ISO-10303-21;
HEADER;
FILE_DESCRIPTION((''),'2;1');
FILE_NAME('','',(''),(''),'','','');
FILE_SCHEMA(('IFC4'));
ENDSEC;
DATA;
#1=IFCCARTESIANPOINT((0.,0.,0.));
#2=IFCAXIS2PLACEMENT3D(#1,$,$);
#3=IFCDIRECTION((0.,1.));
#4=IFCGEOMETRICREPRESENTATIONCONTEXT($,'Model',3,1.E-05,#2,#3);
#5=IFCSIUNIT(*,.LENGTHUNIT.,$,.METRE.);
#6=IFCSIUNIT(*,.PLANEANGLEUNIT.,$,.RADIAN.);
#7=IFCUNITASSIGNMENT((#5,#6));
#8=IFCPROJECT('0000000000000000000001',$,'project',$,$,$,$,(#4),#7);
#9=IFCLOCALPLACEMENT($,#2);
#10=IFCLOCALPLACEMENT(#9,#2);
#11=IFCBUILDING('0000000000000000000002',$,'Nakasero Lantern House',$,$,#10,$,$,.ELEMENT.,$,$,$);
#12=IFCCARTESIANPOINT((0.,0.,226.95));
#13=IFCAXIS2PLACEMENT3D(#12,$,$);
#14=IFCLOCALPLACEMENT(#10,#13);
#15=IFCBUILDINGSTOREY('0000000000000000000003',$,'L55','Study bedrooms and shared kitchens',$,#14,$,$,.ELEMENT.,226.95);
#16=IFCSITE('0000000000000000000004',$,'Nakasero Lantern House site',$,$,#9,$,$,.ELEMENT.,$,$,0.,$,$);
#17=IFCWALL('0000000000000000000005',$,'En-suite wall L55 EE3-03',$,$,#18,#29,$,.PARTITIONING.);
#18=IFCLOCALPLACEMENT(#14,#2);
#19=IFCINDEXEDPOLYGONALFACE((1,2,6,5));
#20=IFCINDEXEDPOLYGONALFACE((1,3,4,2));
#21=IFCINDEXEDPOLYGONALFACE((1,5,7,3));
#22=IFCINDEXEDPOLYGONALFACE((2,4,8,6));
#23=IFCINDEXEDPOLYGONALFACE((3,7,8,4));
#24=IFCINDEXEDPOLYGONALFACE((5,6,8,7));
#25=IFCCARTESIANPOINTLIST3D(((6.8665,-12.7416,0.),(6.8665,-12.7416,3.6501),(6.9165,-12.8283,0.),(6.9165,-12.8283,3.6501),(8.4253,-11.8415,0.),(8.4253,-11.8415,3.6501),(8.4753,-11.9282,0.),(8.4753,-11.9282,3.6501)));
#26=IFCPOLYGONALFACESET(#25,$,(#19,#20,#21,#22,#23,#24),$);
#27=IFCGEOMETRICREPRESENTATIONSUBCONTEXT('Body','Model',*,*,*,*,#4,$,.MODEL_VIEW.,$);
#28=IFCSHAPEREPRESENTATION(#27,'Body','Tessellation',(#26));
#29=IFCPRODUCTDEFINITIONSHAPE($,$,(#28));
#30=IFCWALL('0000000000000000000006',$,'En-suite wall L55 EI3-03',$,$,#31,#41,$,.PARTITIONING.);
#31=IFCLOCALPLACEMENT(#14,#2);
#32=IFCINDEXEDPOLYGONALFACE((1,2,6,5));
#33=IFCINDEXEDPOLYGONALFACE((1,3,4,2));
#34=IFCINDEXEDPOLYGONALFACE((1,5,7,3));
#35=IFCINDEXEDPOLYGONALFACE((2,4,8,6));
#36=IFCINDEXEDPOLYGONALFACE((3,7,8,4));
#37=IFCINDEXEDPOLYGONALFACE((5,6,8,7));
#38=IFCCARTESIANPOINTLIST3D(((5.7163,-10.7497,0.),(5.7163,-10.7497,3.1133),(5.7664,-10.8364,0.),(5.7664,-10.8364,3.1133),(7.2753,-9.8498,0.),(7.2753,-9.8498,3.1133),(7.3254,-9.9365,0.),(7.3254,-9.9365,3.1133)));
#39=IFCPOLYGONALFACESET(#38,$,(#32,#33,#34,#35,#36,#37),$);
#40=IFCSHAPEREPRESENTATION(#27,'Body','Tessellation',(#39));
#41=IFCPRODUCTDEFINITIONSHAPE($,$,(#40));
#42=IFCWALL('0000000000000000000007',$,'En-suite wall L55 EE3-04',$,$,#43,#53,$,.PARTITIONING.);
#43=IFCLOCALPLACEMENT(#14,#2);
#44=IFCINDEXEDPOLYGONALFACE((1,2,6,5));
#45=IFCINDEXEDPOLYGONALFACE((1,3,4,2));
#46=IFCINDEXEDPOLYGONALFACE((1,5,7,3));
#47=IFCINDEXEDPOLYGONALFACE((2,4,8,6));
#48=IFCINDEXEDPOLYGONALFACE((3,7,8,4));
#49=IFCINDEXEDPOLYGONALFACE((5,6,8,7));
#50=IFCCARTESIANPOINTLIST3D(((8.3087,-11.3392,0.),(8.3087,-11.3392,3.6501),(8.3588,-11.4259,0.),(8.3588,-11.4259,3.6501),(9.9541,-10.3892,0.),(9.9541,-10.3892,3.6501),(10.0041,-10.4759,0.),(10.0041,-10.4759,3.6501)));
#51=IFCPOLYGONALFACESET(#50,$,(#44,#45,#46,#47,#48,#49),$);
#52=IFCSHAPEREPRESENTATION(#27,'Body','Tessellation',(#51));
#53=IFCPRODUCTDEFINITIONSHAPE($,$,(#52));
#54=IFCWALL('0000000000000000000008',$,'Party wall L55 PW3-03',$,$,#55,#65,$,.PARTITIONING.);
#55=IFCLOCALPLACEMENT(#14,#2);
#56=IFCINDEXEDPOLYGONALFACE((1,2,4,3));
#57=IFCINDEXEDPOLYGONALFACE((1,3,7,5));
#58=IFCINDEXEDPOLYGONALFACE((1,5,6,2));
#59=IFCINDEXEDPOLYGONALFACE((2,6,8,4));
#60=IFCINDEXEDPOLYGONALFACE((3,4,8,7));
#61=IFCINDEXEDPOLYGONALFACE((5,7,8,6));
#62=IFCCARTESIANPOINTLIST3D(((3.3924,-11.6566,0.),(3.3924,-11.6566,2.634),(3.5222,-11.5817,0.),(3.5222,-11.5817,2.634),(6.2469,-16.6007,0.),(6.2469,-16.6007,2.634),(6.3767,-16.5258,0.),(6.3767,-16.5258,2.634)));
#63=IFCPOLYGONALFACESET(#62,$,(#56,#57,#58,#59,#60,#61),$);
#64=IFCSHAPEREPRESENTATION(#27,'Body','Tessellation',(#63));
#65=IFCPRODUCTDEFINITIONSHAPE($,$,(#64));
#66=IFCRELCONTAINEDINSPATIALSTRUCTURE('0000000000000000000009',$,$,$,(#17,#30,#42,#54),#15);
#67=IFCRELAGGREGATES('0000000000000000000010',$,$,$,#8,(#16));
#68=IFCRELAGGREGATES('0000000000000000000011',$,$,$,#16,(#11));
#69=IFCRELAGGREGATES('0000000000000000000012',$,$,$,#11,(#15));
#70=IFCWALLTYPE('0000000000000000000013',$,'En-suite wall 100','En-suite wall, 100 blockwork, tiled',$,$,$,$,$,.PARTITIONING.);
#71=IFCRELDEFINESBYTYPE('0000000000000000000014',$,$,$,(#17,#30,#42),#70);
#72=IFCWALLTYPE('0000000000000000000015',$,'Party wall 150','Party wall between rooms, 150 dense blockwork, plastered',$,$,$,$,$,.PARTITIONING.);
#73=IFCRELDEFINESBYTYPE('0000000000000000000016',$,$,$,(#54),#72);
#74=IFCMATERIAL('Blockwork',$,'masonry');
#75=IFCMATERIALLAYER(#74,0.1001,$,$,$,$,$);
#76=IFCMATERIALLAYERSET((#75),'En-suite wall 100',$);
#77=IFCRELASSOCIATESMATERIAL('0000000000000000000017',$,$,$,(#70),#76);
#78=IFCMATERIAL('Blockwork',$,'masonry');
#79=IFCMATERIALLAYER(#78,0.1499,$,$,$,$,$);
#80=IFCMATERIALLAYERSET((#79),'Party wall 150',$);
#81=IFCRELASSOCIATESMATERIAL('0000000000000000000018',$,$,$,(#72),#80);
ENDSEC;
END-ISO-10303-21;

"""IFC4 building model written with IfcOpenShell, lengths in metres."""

from ifc_helpers import new_model, si_unit, direction, frame, frame_2d, origin, place, context, subcontext, project, spatial, rectangle, extrude, material, layer, layer_set, type_object, element, save


model = new_model("IFC4")

# Units and contexts
model_context = context("Model", 3, precision=1e-05, world=origin(), true_north=direction((0.0, 1.0)))
body_context = subcontext(model_context, "Body", "Model", "MODEL_VIEW")
ifc_project = project(units=[si_unit("LENGTHUNIT", "METRE"), si_unit("PLANEANGLEUNIT", "RADIAN")], contexts=[model_context])

# Site, building, storey
site_placement = place(None, origin())
site = spatial("IfcSite", under=ifc_project, at=site_placement, Name="Nakasero Lantern House site", CompositionType="ELEMENT", RefElevation=0.0)
building_placement = place(site_placement, origin())
building = spatial("IfcBuilding", under=site, at=building_placement, Name="Nakasero Lantern House", CompositionType="ELEMENT")
storey_placement = place(building_placement, frame((0.0, 0.0, 226.95)))
storey = spatial("IfcBuildingStorey", under=building, at=storey_placement, Name="L55", Description="Study bedrooms and shared kitchens", CompositionType="ELEMENT", Elevation=226.95)

# Shared definitions
ifc_material_1 = material(Name="Blockwork", Category="masonry")
ifc_layer_1 = layer(ifc_material_1, 0.1001)
ifc_layer_set_1 = layer_set([ifc_layer_1], Name="En-suite wall 100")
wall_type_1 = type_object("IfcWallType", Name="En-suite wall 100", Description="En-suite wall, 100 blockwork, tiled", PredefinedType="PARTITIONING", material=ifc_layer_set_1)

# Walls
wall_1_placement = place(storey_placement, frame((6.8916, -12.7849, 0.0), z_axis=(0.0, 0.0, 1.0), x_axis=(0.865989, 0.500063, 0.0)))
element("IfcWall", 1, at=wall_1_placement, inside=storey, type_object=wall_type_1, Name="En-suite wall L55 EE3-03", PredefinedType="PARTITIONING", context=body_context, shape_type="SweptSolid", body=[
    extrude(rectangle(XDim=1.8, YDim=0.1001, at=frame_2d((0.8999, 0.0))), origin(), (0.0, 0.0, 1.0), 3.6501),
])
wall_2_placement = place(storey_placement, frame((5.7415, -10.793, 0.0), z_axis=(0.0, 0.0, 1.0), x_axis=(0.866082, 0.499902, 0.0)))
element("IfcWall", 2, at=wall_2_placement, inside=storey, type_object=wall_type_1, Name="En-suite wall L55 EI3-03", PredefinedType="PARTITIONING", context=body_context, shape_type="SweptSolid", body=[
    extrude(rectangle(XDim=1.8, YDim=0.1001, at=frame_2d((0.8999, 0.0))), origin(), (0.0, 0.0, 1.0), 3.1133),
])
wall_3_placement = place(storey_placement, frame((8.3337, -11.3826, 0.0), z_axis=(0.0, 0.0, 1.0), x_axis=(0.866012, 0.500023, 0.0)))
element("IfcWall", 3, at=wall_3_placement, inside=storey, type_object=wall_type_1, Name="En-suite wall L55 EE3-04", PredefinedType="PARTITIONING", context=body_context, shape_type="SweptSolid", body=[
    extrude(rectangle(XDim=1.8999, YDim=0.1001, at=frame_2d((0.95, 0.0))), origin(), (0.0, 0.0, 1.0), 3.6501),
])
ifc_material_2 = material(Name="Blockwork", Category="masonry")
ifc_layer_2 = layer(ifc_material_2, 0.1499)
ifc_layer_set_2 = layer_set([ifc_layer_2], Name="Party wall 150")
wall_type_2 = type_object("IfcWallType", Name="Party wall 150", Description="Party wall between rooms, 150 dense blockwork, plastered", PredefinedType="PARTITIONING", material=ifc_layer_set_2)
wall_4_placement = place(storey_placement, frame((3.4573, -11.6191, 0.0), z_axis=(0.0, 0.0, 1.0), x_axis=(0.500003, -0.866024, 0.0)))
element("IfcWall", 4, at=wall_4_placement, inside=storey, type_object=wall_type_2, Name="Party wall L55 PW3-03", PredefinedType="PARTITIONING", context=body_context, shape_type="SweptSolid", body=[
    extrude(rectangle(XDim=5.709, YDim=0.1499, at=frame_2d((2.8545, 0.0))), origin(), (0.0, 0.0, 1.0), 2.634),
])

save(model, "model.ifc")
